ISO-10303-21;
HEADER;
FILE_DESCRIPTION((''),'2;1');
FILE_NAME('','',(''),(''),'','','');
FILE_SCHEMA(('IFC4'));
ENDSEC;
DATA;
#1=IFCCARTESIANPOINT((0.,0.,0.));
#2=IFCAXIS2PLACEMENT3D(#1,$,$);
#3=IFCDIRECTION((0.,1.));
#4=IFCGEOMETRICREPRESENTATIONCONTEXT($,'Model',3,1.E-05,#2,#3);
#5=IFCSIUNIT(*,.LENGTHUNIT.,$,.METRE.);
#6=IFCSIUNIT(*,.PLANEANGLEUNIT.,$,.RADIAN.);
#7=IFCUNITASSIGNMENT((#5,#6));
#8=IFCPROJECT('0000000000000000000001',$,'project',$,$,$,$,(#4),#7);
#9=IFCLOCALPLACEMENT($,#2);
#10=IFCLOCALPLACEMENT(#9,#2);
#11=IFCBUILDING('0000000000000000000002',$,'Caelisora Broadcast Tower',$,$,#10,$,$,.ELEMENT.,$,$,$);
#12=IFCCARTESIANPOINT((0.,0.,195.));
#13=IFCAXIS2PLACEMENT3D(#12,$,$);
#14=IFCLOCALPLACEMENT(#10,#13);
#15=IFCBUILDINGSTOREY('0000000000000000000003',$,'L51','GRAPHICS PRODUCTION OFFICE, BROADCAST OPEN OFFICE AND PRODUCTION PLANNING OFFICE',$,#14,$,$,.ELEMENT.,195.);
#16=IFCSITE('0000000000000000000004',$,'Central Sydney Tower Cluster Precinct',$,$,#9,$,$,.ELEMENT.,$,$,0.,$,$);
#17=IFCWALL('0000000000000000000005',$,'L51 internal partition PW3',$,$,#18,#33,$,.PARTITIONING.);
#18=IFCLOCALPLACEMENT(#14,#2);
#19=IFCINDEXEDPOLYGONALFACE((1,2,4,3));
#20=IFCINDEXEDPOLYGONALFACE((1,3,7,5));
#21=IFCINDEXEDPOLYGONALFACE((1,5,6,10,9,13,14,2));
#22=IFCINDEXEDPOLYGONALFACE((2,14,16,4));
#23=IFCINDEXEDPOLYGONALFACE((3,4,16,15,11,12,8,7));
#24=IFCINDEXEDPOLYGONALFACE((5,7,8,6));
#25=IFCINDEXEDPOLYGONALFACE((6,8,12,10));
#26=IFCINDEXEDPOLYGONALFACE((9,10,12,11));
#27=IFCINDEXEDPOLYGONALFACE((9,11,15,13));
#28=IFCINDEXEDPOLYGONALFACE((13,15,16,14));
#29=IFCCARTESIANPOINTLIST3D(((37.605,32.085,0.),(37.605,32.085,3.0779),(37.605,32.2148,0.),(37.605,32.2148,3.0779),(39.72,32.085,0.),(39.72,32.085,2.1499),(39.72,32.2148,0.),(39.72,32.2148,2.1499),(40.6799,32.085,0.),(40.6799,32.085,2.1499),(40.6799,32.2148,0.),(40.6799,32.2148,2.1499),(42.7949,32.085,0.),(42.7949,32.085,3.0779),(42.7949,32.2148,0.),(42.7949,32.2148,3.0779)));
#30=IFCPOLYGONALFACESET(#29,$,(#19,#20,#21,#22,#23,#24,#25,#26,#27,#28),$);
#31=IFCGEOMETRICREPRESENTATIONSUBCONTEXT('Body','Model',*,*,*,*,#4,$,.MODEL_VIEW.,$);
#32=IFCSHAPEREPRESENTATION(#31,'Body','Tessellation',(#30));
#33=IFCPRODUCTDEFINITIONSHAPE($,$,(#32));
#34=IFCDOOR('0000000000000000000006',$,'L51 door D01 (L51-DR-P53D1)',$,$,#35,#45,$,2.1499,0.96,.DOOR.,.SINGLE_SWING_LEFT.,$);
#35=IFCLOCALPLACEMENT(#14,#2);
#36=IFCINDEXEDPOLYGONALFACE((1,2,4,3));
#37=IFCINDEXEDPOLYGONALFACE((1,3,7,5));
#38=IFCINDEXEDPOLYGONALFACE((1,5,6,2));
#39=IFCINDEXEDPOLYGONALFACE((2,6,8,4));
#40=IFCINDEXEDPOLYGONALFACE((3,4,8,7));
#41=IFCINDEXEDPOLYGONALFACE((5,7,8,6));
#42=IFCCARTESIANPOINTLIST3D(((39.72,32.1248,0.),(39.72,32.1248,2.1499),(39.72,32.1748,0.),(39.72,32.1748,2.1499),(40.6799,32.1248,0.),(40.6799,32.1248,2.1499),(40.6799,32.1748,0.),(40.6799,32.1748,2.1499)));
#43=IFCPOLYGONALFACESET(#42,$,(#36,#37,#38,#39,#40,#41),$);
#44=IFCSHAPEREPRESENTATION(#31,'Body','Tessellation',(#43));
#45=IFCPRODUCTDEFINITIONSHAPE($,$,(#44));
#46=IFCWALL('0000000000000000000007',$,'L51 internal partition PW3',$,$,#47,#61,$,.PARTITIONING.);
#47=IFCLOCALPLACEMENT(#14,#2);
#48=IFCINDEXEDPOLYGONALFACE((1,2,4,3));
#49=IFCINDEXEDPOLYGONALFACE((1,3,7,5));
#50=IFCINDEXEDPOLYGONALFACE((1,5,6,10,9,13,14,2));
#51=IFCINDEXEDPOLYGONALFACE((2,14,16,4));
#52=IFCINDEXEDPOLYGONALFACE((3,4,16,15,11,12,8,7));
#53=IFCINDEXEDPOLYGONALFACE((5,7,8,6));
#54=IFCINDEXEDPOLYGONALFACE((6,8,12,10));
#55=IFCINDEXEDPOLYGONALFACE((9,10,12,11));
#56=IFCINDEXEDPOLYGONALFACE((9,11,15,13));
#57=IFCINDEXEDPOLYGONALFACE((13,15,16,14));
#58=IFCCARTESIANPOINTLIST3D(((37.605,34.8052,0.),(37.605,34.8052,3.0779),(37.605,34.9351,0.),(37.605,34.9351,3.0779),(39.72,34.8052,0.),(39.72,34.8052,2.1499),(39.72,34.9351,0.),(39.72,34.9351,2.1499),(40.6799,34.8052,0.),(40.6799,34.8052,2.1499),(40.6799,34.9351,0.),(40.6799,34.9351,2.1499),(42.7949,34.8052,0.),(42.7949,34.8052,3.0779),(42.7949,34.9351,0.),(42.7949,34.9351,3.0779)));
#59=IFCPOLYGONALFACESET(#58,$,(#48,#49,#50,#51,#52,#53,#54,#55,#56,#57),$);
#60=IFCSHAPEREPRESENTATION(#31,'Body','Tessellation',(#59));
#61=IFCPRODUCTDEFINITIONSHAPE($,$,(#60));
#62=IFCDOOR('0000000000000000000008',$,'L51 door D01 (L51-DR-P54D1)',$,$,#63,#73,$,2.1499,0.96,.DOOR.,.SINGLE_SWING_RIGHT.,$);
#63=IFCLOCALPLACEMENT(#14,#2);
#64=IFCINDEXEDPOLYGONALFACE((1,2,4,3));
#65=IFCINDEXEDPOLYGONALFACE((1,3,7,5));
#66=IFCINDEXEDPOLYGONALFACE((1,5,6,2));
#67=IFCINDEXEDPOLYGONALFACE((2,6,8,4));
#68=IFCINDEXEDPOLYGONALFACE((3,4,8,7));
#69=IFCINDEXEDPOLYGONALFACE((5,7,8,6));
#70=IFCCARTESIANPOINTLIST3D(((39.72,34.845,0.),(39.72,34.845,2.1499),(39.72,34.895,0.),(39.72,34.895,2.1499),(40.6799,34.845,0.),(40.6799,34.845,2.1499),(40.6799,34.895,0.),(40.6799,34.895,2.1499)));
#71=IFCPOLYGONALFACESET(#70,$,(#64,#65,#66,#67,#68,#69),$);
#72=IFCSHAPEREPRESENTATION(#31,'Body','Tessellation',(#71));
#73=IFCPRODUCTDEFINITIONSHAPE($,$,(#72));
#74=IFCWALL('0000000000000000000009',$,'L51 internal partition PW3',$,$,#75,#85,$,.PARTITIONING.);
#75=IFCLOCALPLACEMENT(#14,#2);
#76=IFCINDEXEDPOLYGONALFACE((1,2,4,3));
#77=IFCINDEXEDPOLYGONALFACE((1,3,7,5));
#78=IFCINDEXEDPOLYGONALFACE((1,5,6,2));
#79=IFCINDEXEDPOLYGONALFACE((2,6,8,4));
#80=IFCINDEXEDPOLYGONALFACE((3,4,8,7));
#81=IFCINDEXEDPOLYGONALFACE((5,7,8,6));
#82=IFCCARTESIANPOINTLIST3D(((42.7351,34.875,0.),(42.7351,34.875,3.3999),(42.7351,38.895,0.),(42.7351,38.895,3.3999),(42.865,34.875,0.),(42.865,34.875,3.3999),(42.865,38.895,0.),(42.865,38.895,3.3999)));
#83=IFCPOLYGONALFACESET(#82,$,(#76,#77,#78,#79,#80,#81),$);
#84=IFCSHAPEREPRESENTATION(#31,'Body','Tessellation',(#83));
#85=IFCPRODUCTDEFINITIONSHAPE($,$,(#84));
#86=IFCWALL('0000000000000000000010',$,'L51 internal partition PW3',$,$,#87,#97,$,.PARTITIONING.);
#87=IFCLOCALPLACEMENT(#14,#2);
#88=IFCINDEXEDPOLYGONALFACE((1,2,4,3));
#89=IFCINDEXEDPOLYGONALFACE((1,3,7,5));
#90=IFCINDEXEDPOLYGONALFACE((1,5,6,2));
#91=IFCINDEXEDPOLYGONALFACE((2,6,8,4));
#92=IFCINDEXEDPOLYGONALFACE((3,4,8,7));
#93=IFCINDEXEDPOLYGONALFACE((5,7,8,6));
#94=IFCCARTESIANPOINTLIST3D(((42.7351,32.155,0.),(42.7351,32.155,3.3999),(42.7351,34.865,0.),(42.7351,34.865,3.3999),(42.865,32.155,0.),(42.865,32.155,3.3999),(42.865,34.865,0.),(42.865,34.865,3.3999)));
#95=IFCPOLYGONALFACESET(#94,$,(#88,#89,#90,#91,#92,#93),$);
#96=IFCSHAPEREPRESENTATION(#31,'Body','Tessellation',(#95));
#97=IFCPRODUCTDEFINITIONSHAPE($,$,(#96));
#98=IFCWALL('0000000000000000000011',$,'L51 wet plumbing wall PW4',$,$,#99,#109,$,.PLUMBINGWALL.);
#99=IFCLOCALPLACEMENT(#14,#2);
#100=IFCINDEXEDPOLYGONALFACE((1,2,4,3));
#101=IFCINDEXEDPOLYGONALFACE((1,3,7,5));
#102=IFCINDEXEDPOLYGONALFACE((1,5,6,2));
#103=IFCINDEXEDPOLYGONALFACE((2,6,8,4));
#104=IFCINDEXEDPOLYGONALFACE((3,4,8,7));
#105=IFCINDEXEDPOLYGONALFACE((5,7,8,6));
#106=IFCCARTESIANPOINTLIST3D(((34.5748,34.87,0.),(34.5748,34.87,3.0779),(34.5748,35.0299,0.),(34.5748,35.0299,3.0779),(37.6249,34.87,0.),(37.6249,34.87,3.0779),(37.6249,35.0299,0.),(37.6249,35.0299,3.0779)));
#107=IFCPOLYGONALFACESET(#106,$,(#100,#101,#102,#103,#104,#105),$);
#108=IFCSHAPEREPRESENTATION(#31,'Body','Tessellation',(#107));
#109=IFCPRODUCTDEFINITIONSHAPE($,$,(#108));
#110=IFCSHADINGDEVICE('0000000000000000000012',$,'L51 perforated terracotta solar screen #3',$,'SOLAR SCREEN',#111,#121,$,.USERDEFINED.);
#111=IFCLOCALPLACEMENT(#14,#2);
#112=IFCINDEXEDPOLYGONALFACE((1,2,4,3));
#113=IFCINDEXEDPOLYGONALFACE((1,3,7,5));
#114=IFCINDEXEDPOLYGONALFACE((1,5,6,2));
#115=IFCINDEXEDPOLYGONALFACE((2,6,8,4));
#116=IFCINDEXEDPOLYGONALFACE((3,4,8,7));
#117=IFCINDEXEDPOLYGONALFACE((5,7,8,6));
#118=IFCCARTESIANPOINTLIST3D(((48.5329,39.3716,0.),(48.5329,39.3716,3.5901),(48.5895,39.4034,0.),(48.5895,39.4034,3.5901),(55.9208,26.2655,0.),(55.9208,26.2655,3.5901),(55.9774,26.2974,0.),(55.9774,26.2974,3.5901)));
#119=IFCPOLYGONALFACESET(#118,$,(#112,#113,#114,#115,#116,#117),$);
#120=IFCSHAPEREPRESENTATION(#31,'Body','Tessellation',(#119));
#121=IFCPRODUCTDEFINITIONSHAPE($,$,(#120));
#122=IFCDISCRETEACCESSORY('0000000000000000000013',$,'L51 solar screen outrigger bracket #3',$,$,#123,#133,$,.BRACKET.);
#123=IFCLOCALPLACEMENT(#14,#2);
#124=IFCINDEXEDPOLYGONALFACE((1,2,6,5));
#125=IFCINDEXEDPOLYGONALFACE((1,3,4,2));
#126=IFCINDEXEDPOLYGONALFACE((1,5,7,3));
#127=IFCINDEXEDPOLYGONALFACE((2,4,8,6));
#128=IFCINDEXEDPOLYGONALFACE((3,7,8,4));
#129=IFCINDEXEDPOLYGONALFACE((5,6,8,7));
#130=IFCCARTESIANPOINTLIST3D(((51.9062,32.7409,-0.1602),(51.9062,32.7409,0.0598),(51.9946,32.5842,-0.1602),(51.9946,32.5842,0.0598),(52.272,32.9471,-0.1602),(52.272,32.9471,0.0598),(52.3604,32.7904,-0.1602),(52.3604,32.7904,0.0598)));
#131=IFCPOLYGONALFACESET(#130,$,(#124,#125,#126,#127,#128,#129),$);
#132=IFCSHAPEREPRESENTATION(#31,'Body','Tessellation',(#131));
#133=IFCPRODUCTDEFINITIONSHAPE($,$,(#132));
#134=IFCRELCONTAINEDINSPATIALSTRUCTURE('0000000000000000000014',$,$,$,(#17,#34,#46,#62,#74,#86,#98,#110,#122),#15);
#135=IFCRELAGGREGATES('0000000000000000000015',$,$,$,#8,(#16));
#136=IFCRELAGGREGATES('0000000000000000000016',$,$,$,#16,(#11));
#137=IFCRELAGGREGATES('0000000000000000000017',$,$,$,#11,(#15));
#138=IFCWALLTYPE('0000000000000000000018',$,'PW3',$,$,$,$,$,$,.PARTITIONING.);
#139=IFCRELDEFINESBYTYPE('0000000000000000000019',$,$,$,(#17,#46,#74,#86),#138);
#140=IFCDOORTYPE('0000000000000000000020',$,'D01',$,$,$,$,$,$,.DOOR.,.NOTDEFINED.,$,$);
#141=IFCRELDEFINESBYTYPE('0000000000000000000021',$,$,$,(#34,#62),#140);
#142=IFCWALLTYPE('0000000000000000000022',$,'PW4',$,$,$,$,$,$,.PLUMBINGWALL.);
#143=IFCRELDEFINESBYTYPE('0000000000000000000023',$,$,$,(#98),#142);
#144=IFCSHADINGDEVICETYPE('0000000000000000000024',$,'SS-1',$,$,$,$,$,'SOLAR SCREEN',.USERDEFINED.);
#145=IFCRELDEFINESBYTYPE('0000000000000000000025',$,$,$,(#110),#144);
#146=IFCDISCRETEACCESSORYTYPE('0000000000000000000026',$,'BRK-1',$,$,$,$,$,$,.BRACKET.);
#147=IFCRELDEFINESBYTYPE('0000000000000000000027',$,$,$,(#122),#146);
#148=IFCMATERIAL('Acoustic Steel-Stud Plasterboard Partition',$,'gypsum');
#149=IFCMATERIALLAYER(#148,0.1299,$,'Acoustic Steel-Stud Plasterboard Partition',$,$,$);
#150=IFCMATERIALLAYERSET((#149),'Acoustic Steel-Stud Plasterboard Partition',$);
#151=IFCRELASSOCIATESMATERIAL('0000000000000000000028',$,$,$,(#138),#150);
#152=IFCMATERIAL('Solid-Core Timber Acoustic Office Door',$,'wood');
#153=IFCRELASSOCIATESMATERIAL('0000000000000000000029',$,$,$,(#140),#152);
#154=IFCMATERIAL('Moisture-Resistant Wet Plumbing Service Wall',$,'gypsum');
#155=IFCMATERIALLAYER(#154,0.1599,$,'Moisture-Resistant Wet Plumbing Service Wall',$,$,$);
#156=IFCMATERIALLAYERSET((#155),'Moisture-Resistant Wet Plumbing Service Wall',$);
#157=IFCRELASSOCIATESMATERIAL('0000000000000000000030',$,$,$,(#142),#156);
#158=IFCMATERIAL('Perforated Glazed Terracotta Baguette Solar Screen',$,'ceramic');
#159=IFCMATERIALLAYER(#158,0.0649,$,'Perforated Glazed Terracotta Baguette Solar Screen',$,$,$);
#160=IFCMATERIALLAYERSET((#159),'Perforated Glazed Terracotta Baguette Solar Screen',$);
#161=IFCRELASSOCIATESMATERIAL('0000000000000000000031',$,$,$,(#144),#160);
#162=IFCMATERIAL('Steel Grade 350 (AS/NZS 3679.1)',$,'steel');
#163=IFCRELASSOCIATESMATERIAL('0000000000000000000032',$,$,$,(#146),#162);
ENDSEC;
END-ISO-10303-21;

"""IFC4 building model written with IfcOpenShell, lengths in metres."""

from ifc_helpers import new_model, si_unit, direction, frame, frame_2d, origin, origin_2d, place, context, subcontext, project, spatial, rectangle, extrude, source, transform, mapped, material, layer, layer_set, type_object, type_shapes, element, fill, save


model = new_model("IFC4")

# Units and contexts
model_context = context("Model", 3, precision=1e-05, world=origin(), true_north=direction((0.0, 1.0)))
body_context = subcontext(model_context, "Body", "Model", "MODEL_VIEW")
ifc_project = project(units=[si_unit("LENGTHUNIT", "METRE"), si_unit("PLANEANGLEUNIT", "RADIAN")], contexts=[model_context])

# Site, building, storey
site_placement = place(None, origin())
site = spatial("IfcSite", under=ifc_project, at=site_placement, Name="Central Sydney Tower Cluster Precinct", CompositionType="ELEMENT", RefElevation=0.0)
building_placement = place(site_placement, origin())
building = spatial("IfcBuilding", under=site, at=building_placement, Name="Caelisora Broadcast Tower", CompositionType="ELEMENT")
storey_placement = place(building_placement, frame((0.0, 0.0, 195.0)))
storey = spatial("IfcBuildingStorey", under=building, at=storey_placement, Name="L51", Description="GRAPHICS PRODUCTION OFFICE, BROADCAST OPEN OFFICE AND PRODUCTION PLANNING OFFICE", CompositionType="ELEMENT", Elevation=195.0)

# Shared definitions
ifc_material_1 = material(Name="Steel Grade 350 (AS/NZS 3679.1)", Category="steel")

# Walls, openings, doors
ifc_material_2 = material(Name="Acoustic Steel-Stud Plasterboard Partition", Category="gypsum")
ifc_layer_1 = layer(ifc_material_2, 0.1299, Name="Acoustic Steel-Stud Plasterboard Partition")
ifc_layer_set_1 = layer_set([ifc_layer_1], Name="Acoustic Steel-Stud Plasterboard Partition")
wall_type_1 = type_object("IfcWallType", Name="PW3", PredefinedType="PARTITIONING", material=ifc_layer_set_1)
ifc_material_3 = material(Name="Solid-Core Timber Acoustic Office Door", Category="wood")
door_type = type_object("IfcDoorType", Name="D01", OperationType="NOTDEFINED", PredefinedType="DOOR", material=ifc_material_3)
wall_1_placement = place(storey_placement, frame((37.605, 32.1499, 0.0), z_axis=(0.0, 0.0, 1.0), x_axis=(1.0, 0.0, 0.0)))
wall_1 = element("IfcWall", 1, at=wall_1_placement, inside=storey, type_object=wall_type_1, Name="L51 internal partition PW3", PredefinedType="PARTITIONING", context=body_context, shape_type="SweptSolid", body=[
    extrude(rectangle(XDim=5.1899, YDim=0.1299, at=frame_2d((2.595, 0.0))), origin(), (0.0, 0.0, 1.0), 3.0779),
])
opening_1_placement = place(wall_1_placement, frame((2.115, 0.0, 0.0)))
opening_1 = element("IfcOpeningElement", 2, at=opening_1_placement, cuts=wall_1, PredefinedType="OPENING", context=body_context, shape_type="SweptSolid", body=[
    extrude(rectangle(XDim=0.96, YDim=2.1499, at=frame_2d((0.48, 1.075))), frame((0.0, 0.0769, 0.0), z_axis=(0.0, -1.0, 0.0), x_axis=(1.0, 0.0, 0.0)), (0.0, 0.0, 1.0), 0.1538),
])
door_1_placement = place(opening_1_placement, origin())
door_1 = element("IfcDoor", 3, at=door_1_placement, inside=storey, type_object=door_type, Name="L51 door D01 (L51-DR-P53D1)", OperationType="SINGLE_SWING_LEFT", OverallHeight=2.1499, OverallWidth=0.96, PredefinedType="DOOR", context=body_context, shape_type="SweptSolid", body=[
    extrude(rectangle(XDim=0.96, YDim=2.1499, at=frame_2d((0.48, 1.075))), frame((0.0, 0.0249, 0.0), z_axis=(0.0, -1.0, 0.0), x_axis=(1.0, 0.0, 0.0)), (0.0, 0.0, 1.0), 0.05),
])
fill(opening_1, door_1)
wall_2_placement = place(storey_placement, frame((37.605, 34.8701, 0.0), z_axis=(0.0, 0.0, 1.0), x_axis=(1.0, 0.0, 0.0)))
wall_2 = element("IfcWall", 4, at=wall_2_placement, inside=storey, type_object=wall_type_1, Name="L51 internal partition PW3", PredefinedType="PARTITIONING", context=body_context, shape_type="SweptSolid", body=[
    extrude(rectangle(XDim=5.1899, YDim=0.1299, at=frame_2d((2.595, 0.0))), origin(), (0.0, 0.0, 1.0), 3.0779),
])
opening_2_placement = place(wall_2_placement, frame((2.115, 0.0, 0.0)))
opening_2 = element("IfcOpeningElement", 5, at=opening_2_placement, cuts=wall_2, PredefinedType="OPENING", context=body_context, shape_type="SweptSolid", body=[
    extrude(rectangle(XDim=0.96, YDim=2.1499, at=frame_2d((0.48, 1.075))), frame((0.0, 0.0769, 0.0), z_axis=(0.0, -1.0, 0.0), x_axis=(1.0, 0.0, 0.0)), (0.0, 0.0, 1.0), 0.1538),
])
door_2_placement = place(opening_2_placement, origin())
door_2 = element("IfcDoor", 6, at=door_2_placement, inside=storey, type_object=door_type, Name="L51 door D01 (L51-DR-P54D1)", OperationType="SINGLE_SWING_RIGHT", OverallHeight=2.1499, OverallWidth=0.96, PredefinedType="DOOR", context=body_context, shape_type="SweptSolid", body=[
    extrude(rectangle(XDim=0.96, YDim=2.1499, at=frame_2d((0.48, 1.075))), frame((0.0, 0.0249, 0.0), z_axis=(0.0, -1.0, 0.0), x_axis=(1.0, 0.0, 0.0)), (0.0, 0.0, 1.0), 0.05),
])
fill(opening_2, door_2)

# Walls
wall_3_placement = place(storey_placement, frame((42.8, 34.875, 0.0), z_axis=(0.0, 0.0, 1.0), x_axis=(0.0, 1.0, 0.0)))
element("IfcWall", 7, at=wall_3_placement, inside=storey, type_object=wall_type_1, Name="L51 internal partition PW3", PredefinedType="PARTITIONING", context=body_context, shape_type="SweptSolid", body=[
    extrude(rectangle(XDim=4.02, YDim=0.1299, at=frame_2d((2.01, 0.0))), origin(), (0.0, 0.0, 1.0), 3.3999),
])
wall_4_placement = place(storey_placement, frame((42.8, 32.155, 0.0), z_axis=(0.0, 0.0, 1.0), x_axis=(0.0, 1.0, 0.0)))
element("IfcWall", 8, at=wall_4_placement, inside=storey, type_object=wall_type_1, Name="L51 internal partition PW3", PredefinedType="PARTITIONING", context=body_context, shape_type="SweptSolid", body=[
    extrude(rectangle(XDim=2.71, YDim=0.1299, at=frame_2d((1.355, 0.0))), origin(), (0.0, 0.0, 1.0), 3.3999),
])
ifc_material_4 = material(Name="Moisture-Resistant Wet Plumbing Service Wall", Category="gypsum")
ifc_layer_2 = layer(ifc_material_4, 0.1599, Name="Moisture-Resistant Wet Plumbing Service Wall")
ifc_layer_set_2 = layer_set([ifc_layer_2], Name="Moisture-Resistant Wet Plumbing Service Wall")
wall_type_2 = type_object("IfcWallType", Name="PW4", PredefinedType="PLUMBINGWALL", material=ifc_layer_set_2)
wall_5_placement = place(storey_placement, frame((34.575, 34.95, 0.0), z_axis=(0.0, 0.0, 1.0), x_axis=(1.0, 0.0, 0.0)))
element("IfcWall", 9, at=wall_5_placement, inside=storey, type_object=wall_type_2, Name="L51 wet plumbing wall PW4", PredefinedType="PLUMBINGWALL", context=body_context, shape_type="SweptSolid", body=[
    extrude(rectangle(XDim=3.05, YDim=0.1599, at=frame_2d((1.5249, 0.0))), origin(), (0.0, 0.0, 1.0), 3.0779),
])

# Shading device
ifc_material_5 = material(Name="Perforated Glazed Terracotta Baguette Solar Screen", Category="ceramic")
ifc_layer_3 = layer(ifc_material_5, 0.0649, Name="Perforated Glazed Terracotta Baguette Solar Screen")
ifc_layer_set_3 = layer_set([ifc_layer_3], Name="Perforated Glazed Terracotta Baguette Solar Screen")
shading_device_type = type_object("IfcShadingDeviceType", Name="SS-1", ElementType="SOLAR SCREEN", PredefinedType="USERDEFINED", material=ifc_layer_set_3)
shared_shape_1 = source(origin(), body_context, "Body", "SweptSolid", [
    extrude(rectangle(XDim=15.0449, YDim=0.0649, at=origin_2d()), origin(), (0.0, 0.0, 1.0), 3.5901),
])
type_shapes(shading_device_type, [shared_shape_1])
shading_device_placement = place(storey_placement, frame((52.2551, 32.8345, 0.0), z_axis=(0.0, 0.0, 1.0), x_axis=(-0.491056, 0.871128, 0.0)))
element("IfcShadingDevice", 10, at=shading_device_placement, inside=storey, type_object=shading_device_type, Name="L51 perforated terracotta solar screen #3", ObjectType="SOLAR SCREEN", PredefinedType="USERDEFINED", context=body_context, shape_type="MappedRepresentation", body=[
    mapped(shared_shape_1, transform((0.0, 0.0, 0.0), scale=1.0)),
])

# Discrete accessory
discrete_accessory_type = type_object("IfcDiscreteAccessoryType", Name="BRK-1", PredefinedType="BRACKET", material=ifc_material_1)
shared_shape_2 = source(origin(), body_context, "Body", "SweptSolid", [
    extrude(rectangle(XDim=0.1799, YDim=0.4199, at=origin_2d()), origin(), (0.0, 0.0, 1.0), 0.22),
])
type_shapes(discrete_accessory_type, [shared_shape_2])
discrete_accessory_placement = place(storey_placement, frame((52.1333, 32.7656, -0.1602), z_axis=(0.0, 0.0, 1.0), x_axis=(-0.491056, 0.871128, 0.0)))
element("IfcDiscreteAccessory", 11, at=discrete_accessory_placement, inside=storey, type_object=discrete_accessory_type, Name="L51 solar screen outrigger bracket #3", PredefinedType="BRACKET", context=body_context, shape_type="MappedRepresentation", body=[
    mapped(shared_shape_2, transform((0.0, 0.0, 0.0), scale=1.0)),
])

save(model, "model.ifc")
